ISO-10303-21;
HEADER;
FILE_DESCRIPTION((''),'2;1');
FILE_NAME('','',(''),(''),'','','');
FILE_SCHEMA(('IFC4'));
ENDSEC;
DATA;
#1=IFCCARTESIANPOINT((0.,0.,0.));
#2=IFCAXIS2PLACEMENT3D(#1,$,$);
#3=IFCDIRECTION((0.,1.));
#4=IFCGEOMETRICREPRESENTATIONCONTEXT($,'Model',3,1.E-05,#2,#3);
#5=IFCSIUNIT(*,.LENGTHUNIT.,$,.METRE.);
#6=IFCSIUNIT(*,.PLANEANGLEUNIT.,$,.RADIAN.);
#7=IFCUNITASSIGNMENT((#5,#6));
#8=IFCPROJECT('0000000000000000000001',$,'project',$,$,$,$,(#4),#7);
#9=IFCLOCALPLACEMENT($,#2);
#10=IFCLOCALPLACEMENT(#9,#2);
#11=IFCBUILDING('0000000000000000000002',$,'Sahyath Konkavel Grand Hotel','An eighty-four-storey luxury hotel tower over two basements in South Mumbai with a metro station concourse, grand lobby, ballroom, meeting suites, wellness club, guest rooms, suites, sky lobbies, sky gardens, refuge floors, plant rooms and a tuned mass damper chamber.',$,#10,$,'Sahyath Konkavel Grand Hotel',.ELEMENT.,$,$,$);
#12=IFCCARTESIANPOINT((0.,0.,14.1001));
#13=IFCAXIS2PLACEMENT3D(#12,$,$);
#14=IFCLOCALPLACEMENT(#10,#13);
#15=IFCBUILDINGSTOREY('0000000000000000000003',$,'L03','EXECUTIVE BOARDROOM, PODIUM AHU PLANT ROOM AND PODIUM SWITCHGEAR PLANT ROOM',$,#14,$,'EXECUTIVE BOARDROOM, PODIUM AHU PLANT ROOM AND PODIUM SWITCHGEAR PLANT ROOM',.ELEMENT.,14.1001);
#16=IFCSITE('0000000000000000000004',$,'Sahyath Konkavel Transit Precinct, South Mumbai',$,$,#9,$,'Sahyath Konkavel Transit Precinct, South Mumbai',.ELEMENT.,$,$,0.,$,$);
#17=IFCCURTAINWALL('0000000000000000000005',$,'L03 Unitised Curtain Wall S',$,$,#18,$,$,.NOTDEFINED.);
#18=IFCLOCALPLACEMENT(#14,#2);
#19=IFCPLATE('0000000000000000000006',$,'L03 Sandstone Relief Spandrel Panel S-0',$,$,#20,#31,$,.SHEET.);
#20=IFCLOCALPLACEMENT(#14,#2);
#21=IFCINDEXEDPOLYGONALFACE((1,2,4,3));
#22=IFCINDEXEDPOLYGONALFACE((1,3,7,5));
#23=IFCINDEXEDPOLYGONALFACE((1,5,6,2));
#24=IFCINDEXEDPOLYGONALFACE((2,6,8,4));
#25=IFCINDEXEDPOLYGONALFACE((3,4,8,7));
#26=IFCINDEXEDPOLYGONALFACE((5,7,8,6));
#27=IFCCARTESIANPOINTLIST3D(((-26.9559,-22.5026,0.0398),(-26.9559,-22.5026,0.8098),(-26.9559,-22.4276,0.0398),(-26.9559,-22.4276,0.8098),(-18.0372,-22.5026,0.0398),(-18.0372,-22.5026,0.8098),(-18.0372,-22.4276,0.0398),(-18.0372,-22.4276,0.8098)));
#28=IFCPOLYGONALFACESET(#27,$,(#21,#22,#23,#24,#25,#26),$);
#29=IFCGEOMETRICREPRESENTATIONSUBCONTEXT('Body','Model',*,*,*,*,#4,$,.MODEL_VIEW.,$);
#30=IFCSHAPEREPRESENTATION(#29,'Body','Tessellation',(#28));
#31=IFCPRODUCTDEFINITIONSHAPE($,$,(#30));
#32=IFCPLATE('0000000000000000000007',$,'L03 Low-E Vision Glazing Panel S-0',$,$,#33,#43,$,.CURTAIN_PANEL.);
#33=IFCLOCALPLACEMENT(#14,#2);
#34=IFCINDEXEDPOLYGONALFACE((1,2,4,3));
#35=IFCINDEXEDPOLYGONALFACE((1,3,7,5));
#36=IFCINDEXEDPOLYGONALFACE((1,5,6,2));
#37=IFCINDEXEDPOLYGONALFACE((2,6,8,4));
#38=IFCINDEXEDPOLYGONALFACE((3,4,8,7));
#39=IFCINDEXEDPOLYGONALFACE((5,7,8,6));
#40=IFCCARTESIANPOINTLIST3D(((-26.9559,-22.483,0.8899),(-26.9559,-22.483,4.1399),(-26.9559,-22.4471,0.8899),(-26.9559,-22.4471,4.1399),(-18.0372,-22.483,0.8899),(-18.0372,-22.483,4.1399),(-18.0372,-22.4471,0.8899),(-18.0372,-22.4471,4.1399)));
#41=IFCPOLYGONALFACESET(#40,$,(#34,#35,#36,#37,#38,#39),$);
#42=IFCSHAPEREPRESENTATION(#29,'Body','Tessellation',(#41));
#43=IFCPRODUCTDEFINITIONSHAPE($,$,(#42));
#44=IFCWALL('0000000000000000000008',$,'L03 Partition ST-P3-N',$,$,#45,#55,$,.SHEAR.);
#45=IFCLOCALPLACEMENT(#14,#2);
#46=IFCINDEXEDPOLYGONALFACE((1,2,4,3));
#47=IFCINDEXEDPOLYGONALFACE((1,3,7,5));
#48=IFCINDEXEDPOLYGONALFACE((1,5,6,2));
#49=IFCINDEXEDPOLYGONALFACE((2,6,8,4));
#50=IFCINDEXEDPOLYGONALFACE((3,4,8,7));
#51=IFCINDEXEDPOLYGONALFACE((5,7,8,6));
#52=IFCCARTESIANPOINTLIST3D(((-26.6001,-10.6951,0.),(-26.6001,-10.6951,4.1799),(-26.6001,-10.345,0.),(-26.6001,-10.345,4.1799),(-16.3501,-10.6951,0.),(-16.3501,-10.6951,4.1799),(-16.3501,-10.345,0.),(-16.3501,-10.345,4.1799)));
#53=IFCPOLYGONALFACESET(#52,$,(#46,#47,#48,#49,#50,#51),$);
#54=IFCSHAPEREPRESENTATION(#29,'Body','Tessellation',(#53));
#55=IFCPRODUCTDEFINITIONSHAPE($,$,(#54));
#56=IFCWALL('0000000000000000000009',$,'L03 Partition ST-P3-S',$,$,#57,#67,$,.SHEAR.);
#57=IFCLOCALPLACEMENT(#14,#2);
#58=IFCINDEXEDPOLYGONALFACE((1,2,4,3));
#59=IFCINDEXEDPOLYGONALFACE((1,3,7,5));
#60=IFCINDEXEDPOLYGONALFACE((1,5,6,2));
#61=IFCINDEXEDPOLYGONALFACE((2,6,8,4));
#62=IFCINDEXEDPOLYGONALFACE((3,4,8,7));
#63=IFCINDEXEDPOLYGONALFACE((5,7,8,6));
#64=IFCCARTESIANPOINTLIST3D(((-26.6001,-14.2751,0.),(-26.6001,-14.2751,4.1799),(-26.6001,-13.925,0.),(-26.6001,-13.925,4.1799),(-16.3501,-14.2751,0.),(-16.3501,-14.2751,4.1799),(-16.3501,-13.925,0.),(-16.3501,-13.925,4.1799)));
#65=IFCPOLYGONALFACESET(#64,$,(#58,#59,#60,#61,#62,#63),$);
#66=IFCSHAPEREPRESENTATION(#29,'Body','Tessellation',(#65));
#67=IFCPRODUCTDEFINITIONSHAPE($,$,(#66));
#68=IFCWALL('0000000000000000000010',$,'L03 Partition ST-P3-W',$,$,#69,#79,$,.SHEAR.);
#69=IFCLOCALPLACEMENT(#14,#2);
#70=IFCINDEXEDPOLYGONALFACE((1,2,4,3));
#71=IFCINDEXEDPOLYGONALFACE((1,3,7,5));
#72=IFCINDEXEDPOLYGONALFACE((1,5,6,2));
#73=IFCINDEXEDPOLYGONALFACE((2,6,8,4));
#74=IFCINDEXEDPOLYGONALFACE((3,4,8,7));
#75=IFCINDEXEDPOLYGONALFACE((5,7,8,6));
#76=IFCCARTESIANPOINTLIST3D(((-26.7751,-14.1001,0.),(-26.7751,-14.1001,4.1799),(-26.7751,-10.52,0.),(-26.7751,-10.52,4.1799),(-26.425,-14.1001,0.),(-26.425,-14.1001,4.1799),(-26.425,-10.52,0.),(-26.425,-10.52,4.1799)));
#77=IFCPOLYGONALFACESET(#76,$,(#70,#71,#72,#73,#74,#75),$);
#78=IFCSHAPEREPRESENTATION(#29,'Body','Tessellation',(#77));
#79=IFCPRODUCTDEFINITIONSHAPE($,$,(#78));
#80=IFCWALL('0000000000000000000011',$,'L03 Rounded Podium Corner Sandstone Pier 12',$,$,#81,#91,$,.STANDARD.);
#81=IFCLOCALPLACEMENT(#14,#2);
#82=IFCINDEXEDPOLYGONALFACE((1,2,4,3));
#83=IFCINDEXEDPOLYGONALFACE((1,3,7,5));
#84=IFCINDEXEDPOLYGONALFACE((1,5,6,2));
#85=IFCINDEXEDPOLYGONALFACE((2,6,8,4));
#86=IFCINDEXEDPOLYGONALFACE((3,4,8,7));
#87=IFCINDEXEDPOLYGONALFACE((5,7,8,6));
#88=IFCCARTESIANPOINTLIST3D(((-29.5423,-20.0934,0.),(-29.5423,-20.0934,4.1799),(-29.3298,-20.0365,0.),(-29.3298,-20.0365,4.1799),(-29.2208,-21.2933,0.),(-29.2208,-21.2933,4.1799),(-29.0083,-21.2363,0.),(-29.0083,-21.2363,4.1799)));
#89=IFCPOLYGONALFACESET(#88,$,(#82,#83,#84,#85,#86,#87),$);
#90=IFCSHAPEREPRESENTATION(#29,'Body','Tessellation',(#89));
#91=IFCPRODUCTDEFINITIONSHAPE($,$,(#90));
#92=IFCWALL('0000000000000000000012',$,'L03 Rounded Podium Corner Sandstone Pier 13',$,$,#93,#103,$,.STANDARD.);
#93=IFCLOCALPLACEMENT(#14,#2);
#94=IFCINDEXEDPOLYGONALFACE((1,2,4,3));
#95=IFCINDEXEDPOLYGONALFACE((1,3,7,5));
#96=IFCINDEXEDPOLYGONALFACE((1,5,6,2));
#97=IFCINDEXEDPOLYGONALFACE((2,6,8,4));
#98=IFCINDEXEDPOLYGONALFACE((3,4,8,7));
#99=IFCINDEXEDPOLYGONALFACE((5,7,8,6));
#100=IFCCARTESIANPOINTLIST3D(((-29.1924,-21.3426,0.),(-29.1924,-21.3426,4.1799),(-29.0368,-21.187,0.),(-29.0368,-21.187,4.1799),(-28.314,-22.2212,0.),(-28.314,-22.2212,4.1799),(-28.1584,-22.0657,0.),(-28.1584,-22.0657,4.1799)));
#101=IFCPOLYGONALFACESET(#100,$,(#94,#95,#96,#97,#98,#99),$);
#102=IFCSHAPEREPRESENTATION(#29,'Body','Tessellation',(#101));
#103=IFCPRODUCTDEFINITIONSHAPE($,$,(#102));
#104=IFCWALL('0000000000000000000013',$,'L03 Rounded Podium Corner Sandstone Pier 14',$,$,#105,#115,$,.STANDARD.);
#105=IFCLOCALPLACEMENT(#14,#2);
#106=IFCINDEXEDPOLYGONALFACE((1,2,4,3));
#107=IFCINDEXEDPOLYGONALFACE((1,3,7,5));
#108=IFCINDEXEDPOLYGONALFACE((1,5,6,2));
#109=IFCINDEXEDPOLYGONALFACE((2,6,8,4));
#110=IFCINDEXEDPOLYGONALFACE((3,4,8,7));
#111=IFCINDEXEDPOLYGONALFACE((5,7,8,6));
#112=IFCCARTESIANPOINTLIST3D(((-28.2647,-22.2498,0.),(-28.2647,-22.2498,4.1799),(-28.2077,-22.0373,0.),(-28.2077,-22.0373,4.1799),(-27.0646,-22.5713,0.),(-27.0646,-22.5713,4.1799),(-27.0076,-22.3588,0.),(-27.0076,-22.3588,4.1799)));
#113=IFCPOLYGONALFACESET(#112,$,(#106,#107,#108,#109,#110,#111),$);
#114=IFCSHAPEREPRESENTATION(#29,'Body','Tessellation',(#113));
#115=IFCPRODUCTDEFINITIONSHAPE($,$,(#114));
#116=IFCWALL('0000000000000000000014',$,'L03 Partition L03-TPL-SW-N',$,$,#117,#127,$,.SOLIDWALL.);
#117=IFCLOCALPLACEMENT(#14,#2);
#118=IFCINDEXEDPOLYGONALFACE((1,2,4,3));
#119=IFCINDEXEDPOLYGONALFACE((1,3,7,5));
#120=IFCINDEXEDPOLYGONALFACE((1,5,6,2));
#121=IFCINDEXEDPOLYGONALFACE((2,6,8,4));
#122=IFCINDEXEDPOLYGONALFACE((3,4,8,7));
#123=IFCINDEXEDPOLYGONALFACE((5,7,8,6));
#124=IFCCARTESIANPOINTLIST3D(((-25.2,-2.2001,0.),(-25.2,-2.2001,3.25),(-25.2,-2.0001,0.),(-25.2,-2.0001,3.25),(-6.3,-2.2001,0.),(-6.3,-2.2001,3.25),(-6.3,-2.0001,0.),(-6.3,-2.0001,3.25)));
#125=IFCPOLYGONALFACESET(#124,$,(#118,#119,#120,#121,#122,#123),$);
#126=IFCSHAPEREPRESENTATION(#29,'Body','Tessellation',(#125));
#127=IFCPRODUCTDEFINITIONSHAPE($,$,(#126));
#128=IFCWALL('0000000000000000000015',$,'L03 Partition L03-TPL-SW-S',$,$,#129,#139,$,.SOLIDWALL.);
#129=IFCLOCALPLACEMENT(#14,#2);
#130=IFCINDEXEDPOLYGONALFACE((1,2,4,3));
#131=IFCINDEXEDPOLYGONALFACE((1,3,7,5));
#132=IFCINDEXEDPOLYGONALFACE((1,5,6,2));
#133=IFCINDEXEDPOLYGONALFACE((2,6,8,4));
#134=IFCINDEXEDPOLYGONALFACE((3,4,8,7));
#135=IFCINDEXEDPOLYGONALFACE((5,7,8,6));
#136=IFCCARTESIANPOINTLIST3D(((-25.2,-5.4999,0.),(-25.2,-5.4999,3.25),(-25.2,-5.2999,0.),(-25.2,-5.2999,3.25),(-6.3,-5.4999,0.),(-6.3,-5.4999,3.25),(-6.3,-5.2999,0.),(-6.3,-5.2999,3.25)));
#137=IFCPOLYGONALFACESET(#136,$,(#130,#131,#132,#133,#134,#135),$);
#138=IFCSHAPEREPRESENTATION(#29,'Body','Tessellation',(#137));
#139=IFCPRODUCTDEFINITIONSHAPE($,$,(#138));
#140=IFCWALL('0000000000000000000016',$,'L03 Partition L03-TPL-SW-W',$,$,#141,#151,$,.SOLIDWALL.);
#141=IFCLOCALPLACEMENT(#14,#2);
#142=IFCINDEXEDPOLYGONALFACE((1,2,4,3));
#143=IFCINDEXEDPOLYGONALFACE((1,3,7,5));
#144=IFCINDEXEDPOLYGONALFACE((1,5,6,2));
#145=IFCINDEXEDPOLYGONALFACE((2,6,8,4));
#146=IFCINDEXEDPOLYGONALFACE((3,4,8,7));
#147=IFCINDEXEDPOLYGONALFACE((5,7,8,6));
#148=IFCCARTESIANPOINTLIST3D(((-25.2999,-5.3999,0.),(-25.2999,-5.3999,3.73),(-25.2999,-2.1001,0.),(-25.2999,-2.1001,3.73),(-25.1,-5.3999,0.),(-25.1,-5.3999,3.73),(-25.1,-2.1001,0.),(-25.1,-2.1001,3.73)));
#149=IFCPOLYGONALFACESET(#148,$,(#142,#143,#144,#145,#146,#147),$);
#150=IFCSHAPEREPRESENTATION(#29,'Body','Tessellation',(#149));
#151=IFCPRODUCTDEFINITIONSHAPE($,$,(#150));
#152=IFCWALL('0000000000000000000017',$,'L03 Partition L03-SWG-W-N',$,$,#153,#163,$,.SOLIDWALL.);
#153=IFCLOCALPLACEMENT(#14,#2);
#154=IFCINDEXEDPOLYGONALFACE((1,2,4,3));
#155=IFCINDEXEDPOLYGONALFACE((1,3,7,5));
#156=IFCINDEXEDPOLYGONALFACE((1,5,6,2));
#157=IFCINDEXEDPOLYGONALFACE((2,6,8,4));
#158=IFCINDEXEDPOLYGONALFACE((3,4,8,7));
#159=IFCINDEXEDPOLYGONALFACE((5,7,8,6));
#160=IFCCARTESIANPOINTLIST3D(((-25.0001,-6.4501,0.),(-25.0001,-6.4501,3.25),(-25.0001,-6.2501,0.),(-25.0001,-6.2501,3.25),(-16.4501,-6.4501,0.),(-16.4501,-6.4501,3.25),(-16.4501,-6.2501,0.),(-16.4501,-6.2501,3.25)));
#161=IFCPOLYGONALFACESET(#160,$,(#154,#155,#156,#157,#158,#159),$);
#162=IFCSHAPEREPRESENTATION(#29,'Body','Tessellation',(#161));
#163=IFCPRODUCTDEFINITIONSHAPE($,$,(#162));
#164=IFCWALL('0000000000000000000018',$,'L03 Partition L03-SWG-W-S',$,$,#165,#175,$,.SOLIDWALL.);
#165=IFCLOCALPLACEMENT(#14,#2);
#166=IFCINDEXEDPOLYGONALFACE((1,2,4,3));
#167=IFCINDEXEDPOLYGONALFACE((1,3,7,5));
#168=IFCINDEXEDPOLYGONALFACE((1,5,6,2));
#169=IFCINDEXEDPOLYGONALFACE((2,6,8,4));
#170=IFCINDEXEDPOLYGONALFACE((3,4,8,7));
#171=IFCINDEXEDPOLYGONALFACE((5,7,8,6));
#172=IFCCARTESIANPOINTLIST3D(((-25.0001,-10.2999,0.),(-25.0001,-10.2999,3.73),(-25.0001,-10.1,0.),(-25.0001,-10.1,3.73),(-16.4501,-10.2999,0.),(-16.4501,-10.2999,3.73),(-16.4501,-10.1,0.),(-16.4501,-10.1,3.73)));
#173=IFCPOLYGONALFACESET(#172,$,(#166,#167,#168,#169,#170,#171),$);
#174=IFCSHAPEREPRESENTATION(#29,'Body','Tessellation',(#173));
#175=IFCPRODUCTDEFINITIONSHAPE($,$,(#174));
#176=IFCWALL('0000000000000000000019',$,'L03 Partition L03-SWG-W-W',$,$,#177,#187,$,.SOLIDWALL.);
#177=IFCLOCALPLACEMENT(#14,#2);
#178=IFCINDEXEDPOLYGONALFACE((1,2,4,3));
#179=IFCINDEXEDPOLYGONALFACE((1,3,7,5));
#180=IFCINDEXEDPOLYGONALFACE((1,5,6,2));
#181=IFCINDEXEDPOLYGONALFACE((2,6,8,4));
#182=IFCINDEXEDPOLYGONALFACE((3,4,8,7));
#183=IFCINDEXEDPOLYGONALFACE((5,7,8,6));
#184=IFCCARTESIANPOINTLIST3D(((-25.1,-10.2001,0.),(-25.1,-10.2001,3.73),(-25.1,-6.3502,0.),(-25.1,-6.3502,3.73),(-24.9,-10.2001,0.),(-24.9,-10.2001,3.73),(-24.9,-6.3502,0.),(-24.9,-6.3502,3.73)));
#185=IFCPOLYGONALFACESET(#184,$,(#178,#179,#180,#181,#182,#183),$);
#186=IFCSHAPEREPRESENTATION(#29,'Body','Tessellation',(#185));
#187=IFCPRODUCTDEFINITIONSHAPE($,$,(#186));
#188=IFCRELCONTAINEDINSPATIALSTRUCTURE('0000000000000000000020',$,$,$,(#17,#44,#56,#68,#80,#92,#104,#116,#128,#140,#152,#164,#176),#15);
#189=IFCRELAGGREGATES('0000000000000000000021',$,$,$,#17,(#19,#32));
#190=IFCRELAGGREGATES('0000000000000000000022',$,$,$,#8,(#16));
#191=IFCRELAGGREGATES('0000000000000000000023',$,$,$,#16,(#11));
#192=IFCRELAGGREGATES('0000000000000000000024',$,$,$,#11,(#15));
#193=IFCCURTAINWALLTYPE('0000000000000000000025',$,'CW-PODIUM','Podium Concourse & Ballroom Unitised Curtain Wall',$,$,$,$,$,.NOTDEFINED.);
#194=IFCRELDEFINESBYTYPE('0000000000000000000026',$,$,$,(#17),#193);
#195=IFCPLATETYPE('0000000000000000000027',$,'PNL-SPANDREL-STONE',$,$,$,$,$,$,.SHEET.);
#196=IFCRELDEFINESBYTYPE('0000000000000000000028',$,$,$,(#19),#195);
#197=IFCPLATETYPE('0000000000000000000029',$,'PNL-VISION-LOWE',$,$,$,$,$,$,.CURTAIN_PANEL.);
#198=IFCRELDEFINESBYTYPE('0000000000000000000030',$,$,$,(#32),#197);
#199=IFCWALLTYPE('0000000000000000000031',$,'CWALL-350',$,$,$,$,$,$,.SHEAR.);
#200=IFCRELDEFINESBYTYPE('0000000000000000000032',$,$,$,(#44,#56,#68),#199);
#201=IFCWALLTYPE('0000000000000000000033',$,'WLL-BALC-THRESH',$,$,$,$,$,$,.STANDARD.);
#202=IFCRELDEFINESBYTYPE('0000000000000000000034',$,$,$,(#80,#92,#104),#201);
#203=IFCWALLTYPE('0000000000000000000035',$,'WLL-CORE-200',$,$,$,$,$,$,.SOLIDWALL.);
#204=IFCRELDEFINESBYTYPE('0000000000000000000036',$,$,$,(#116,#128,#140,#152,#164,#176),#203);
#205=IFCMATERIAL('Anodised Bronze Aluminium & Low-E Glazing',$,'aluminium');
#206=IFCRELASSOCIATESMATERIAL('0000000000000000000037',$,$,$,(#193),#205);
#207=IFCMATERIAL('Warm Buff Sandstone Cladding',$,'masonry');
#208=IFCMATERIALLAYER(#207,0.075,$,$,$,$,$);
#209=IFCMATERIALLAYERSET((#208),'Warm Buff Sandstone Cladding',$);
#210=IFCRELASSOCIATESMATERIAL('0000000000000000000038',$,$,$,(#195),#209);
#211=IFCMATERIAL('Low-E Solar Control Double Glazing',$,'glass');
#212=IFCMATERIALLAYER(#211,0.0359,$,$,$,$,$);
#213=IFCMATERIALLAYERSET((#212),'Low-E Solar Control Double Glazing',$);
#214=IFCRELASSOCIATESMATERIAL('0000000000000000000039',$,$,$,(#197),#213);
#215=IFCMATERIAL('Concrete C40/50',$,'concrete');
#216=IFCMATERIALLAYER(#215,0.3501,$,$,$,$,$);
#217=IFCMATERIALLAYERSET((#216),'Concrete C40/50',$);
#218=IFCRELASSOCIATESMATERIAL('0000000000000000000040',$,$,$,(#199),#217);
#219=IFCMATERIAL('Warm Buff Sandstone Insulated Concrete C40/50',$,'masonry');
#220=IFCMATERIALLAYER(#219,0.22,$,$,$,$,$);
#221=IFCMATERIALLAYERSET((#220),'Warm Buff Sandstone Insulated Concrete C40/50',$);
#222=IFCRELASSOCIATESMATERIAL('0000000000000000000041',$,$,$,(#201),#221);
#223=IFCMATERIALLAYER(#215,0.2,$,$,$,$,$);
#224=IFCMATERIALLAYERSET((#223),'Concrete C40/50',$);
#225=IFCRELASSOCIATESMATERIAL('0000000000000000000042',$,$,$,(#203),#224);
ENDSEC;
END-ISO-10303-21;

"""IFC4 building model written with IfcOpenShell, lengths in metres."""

from ifc_helpers import new_model, si_unit, direction, frame, frame_2d, origin, origin_2d, place, context, subcontext, project, spatial, rectangle, extrude, source, transform, mapped, material, layer, layer_set, type_object, element, aggregate, save


model = new_model("IFC4")

# Units and contexts
model_context = context("Model", 3, precision=1e-05, world=origin(), true_north=direction((0.0, 1.0)))
body_context = subcontext(model_context, "Body", "Model", "MODEL_VIEW")
ifc_project = project(units=[si_unit("LENGTHUNIT", "METRE"), si_unit("PLANEANGLEUNIT", "RADIAN")], contexts=[model_context])

# Site, building, storey
site_placement = place(None, origin())
site = spatial("IfcSite", under=ifc_project, at=site_placement, Name="Sahyath Konkavel Transit Precinct, South Mumbai", LongName="Sahyath Konkavel Transit Precinct, South Mumbai", CompositionType="ELEMENT", RefElevation=0.0)
building_placement = place(site_placement, origin())
building = spatial("IfcBuilding", under=site, at=building_placement, Name="Sahyath Konkavel Grand Hotel", Description="An eighty-four-storey luxury hotel tower over two basements in South Mumbai with a metro station concourse, grand lobby, ballroom, meeting suites, wellness club, guest rooms, suites, sky lobbies, sky gardens, refuge floors, plant rooms and a tuned mass damper chamber.", LongName="Sahyath Konkavel Grand Hotel", CompositionType="ELEMENT")
storey_placement = place(building_placement, frame((0.0, 0.0, 14.1001)))
storey = spatial("IfcBuildingStorey", under=building, at=storey_placement, Name="L03", Description="EXECUTIVE BOARDROOM, PODIUM AHU PLANT ROOM AND PODIUM SWITCHGEAR PLANT ROOM", LongName="EXECUTIVE BOARDROOM, PODIUM AHU PLANT ROOM AND PODIUM SWITCHGEAR PLANT ROOM", CompositionType="ELEMENT", Elevation=14.1001)

# Curtain wall
ifc_material_1 = material(Name="Anodised Bronze Aluminium & Low-E Glazing", Category="aluminium")
curtain_wall_type = type_object("IfcCurtainWallType", Name="CW-PODIUM", Description="Podium Concourse & Ballroom Unitised Curtain Wall", PredefinedType="NOTDEFINED", material=ifc_material_1)
curtain_wall_placement = place(storey_placement, origin())
curtain_wall = element("IfcCurtainWall", 1, at=curtain_wall_placement, inside=storey, type_object=curtain_wall_type, Name="L03 Unitised Curtain Wall S", PredefinedType="NOTDEFINED")

# Plates
ifc_material_2 = material(Name="Warm Buff Sandstone Cladding", Category="masonry")
ifc_layer_1 = layer(ifc_material_2, 0.075)
ifc_layer_set_1 = layer_set([ifc_layer_1], Name="Warm Buff Sandstone Cladding")
plate_type_1 = type_object("IfcPlateType", Name="PNL-SPANDREL-STONE", PredefinedType="SHEET", material=ifc_layer_set_1)
shared_shape_1 = source(origin(), body_context, "Body", "SweptSolid", [
    extrude(rectangle(XDim=8.9187, YDim=0.075, at=origin_2d()), origin(), (0.0, 0.0, 1.0), 0.77),
])
plate_1_placement = place(storey_placement, frame((-22.4966, -22.4651, 0.0398), z_axis=(0.0, 0.0, 1.0), x_axis=(1.0, 0.0, 0.0)))
plate_1 = element("IfcPlate", 2, at=plate_1_placement, type_object=plate_type_1, Name="L03 Sandstone Relief Spandrel Panel S-0", PredefinedType="SHEET", context=body_context, shape_type="MappedRepresentation", body=[
    mapped(shared_shape_1, transform((0.0, 0.0, 0.0), scale=1.0)),
])
ifc_material_3 = material(Name="Low-E Solar Control Double Glazing", Category="glass")
ifc_layer_2 = layer(ifc_material_3, 0.0359)
ifc_layer_set_2 = layer_set([ifc_layer_2], Name="Low-E Solar Control Double Glazing")
plate_type_2 = type_object("IfcPlateType", Name="PNL-VISION-LOWE", PredefinedType="CURTAIN_PANEL", material=ifc_layer_set_2)
shared_shape_2 = source(origin(), body_context, "Body", "SweptSolid", [
    extrude(rectangle(XDim=8.9187, YDim=0.0359, at=origin_2d()), origin(), (0.0, 0.0, 1.0), 3.25),
])
plate_2_placement = place(storey_placement, frame((-22.4966, -22.4651, 0.8899), z_axis=(0.0, 0.0, 1.0), x_axis=(1.0, 0.0, 0.0)))
plate_2 = element("IfcPlate", 3, at=plate_2_placement, type_object=plate_type_2, Name="L03 Low-E Vision Glazing Panel S-0", PredefinedType="CURTAIN_PANEL", context=body_context, shape_type="MappedRepresentation", body=[
    mapped(shared_shape_2, transform((0.0, 0.0, 0.0), scale=1.0)),
])
aggregate(curtain_wall, [plate_1, plate_2])

# Walls
ifc_material_4 = material(Name="Concrete C40/50", Category="concrete")
ifc_layer_3 = layer(ifc_material_4, 0.3501)
ifc_layer_set_3 = layer_set([ifc_layer_3], Name="Concrete C40/50")
wall_type_1 = type_object("IfcWallType", Name="CWALL-350", PredefinedType="SHEAR", material=ifc_layer_set_3)
for number, where, z_axis, x_axis, name in (
    (4, (-26.6001, -10.52, 0.0), (0.0, 0.0, 1.0), (1.0, 0.0, 0.0), "L03 Partition ST-P3-N"),
    (5, (-26.6001, -14.1001, 0.0), (0.0, 0.0, 1.0), (1.0, 0.0, 0.0), "L03 Partition ST-P3-S"),
):
    element("IfcWall", number, at=place(storey_placement, frame(where, z_axis=z_axis, x_axis=x_axis)), inside=storey, type_object=wall_type_1, Name=name, PredefinedType="SHEAR", context=body_context, shape_type="SweptSolid", body=[
        extrude(rectangle(XDim=10.25, YDim=0.3501, at=frame_2d((5.125, 0.0))), origin(), (0.0, 0.0, 1.0), 4.1799),
    ])
wall_1_placement = place(storey_placement, frame((-26.6001, -14.1001, 0.0), z_axis=(0.0, 0.0, 1.0), x_axis=(0.0, 1.0, 0.0)))
element("IfcWall", 6, at=wall_1_placement, inside=storey, type_object=wall_type_1, Name="L03 Partition ST-P3-W", PredefinedType="SHEAR", context=body_context, shape_type="SweptSolid", body=[
    extrude(rectangle(XDim=3.5801, YDim=0.3501, at=frame_2d((1.79, 0.0))), origin(), (0.0, 0.0, 1.0), 4.1799),
])
ifc_material_5 = material(Name="Warm Buff Sandstone Insulated Concrete C40/50", Category="masonry")
ifc_layer_4 = layer(ifc_material_5, 0.22)
ifc_layer_set_4 = layer_set([ifc_layer_4], Name="Warm Buff Sandstone Insulated Concrete C40/50")
wall_type_2 = type_object("IfcWallType", Name="WLL-BALC-THRESH", PredefinedType="STANDARD", material=ifc_layer_set_4)
wall_2_placement = place(storey_placement, frame((-29.436, -20.0649, 0.0), z_axis=(0.0, 0.0, 1.0), x_axis=(0.258824, -0.965924, 0.0)))
element("IfcWall", 7, at=wall_2_placement, inside=storey, type_object=wall_type_2, Name="L03 Rounded Podium Corner Sandstone Pier 12", PredefinedType="STANDARD", context=body_context, shape_type="SweptSolid", body=[
    extrude(rectangle(XDim=1.2422, YDim=0.22, at=frame_2d((0.6211, 0.0))), origin(), (0.0, 0.0, 1.0), 4.1799),
])
for number, where, z_axis, x_axis, name in (
    (8, (-29.1145, -21.2649, 0.0), (0.0, 0.0, 1.0), (0.707009, -0.707205, 0.0), "L03 Rounded Podium Corner Sandstone Pier 13"),
    (9, (-28.2361, -22.1436, 0.0), (0.0, 0.0, 1.0), (0.965938, -0.258775, 0.0), "L03 Rounded Podium Corner Sandstone Pier 14"),
):
    element("IfcWall", number, at=place(storey_placement, frame(where, z_axis=z_axis, x_axis=x_axis)), inside=storey, type_object=wall_type_2, Name=name, PredefinedType="STANDARD", context=body_context, shape_type="SweptSolid", body=[
        extrude(rectangle(XDim=1.2424, YDim=0.22, at=frame_2d((0.6211, 0.0))), origin(), (0.0, 0.0, 1.0), 4.1799),
    ])
ifc_layer_5 = layer(ifc_material_4, 0.2)
ifc_layer_set_5 = layer_set([ifc_layer_5], Name="Concrete C40/50")
wall_type_3 = type_object("IfcWallType", Name="WLL-CORE-200", PredefinedType="SOLIDWALL", material=ifc_layer_set_5)
for number, where, z_axis, x_axis, name in (
    (10, (-25.2, -2.1001, 0.0), (0.0, 0.0, 1.0), (1.0, 0.0, 0.0), "L03 Partition L03-TPL-SW-N"),
    (11, (-25.2, -5.3999, 0.0), (0.0, 0.0, 1.0), (1.0, 0.0, 0.0), "L03 Partition L03-TPL-SW-S"),
):
    element("IfcWall", number, at=place(storey_placement, frame(where, z_axis=z_axis, x_axis=x_axis)), inside=storey, type_object=wall_type_3, Name=name, PredefinedType="SOLIDWALL", context=body_context, shape_type="SweptSolid", body=[
        extrude(rectangle(XDim=18.8999, YDim=0.2, at=frame_2d((9.45, 0.0))), origin(), (0.0, 0.0, 1.0), 3.25),
    ])
wall_3_placement = place(storey_placement, frame((-25.2, -5.3999, 0.0), z_axis=(0.0, 0.0, 1.0), x_axis=(0.0, 1.0, 0.0)))
element("IfcWall", 12, at=wall_3_placement, inside=storey, type_object=wall_type_3, Name="L03 Partition L03-TPL-SW-W", PredefinedType="SOLIDWALL", context=body_context, shape_type="SweptSolid", body=[
    extrude(rectangle(XDim=3.2998, YDim=0.2, at=frame_2d((1.6499, 0.0))), origin(), (0.0, 0.0, 1.0), 3.73),
])
wall_4_placement = place(storey_placement, frame((-25.0, -6.3501, 0.0), z_axis=(0.0, 0.0, 1.0), x_axis=(1.0, 0.0, 0.0)))
element("IfcWall", 13, at=wall_4_placement, inside=storey, type_object=wall_type_3, Name="L03 Partition L03-SWG-W-N", PredefinedType="SOLIDWALL", context=body_context, shape_type="SweptSolid", body=[
    extrude(rectangle(XDim=8.55, YDim=0.2, at=frame_2d((4.2749, 0.0))), origin(), (0.0, 0.0, 1.0), 3.25),
])
wall_5_placement = place(storey_placement, frame((-25.0, -10.2, 0.0), z_axis=(0.0, 0.0, 1.0), x_axis=(1.0, 0.0, 0.0)))
element("IfcWall", 14, at=wall_5_placement, inside=storey, type_object=wall_type_3, Name="L03 Partition L03-SWG-W-S", PredefinedType="SOLIDWALL", context=body_context, shape_type="SweptSolid", body=[
    extrude(rectangle(XDim=8.55, YDim=0.2, at=frame_2d((4.2749, 0.0))), origin(), (0.0, 0.0, 1.0), 3.73),
])
wall_6_placement = place(storey_placement, frame((-25.0, -10.2, 0.0), z_axis=(0.0, 0.0, 1.0), x_axis=(0.0, 1.0, 0.0)))
element("IfcWall", 15, at=wall_6_placement, inside=storey, type_object=wall_type_3, Name="L03 Partition L03-SWG-W-W", PredefinedType="SOLIDWALL", context=body_context, shape_type="SweptSolid", body=[
    extrude(rectangle(XDim=3.8499, YDim=0.2, at=frame_2d((1.9248, 0.0))), origin(), (0.0, 0.0, 1.0), 3.73),
])

save(model, "model.ifc")
